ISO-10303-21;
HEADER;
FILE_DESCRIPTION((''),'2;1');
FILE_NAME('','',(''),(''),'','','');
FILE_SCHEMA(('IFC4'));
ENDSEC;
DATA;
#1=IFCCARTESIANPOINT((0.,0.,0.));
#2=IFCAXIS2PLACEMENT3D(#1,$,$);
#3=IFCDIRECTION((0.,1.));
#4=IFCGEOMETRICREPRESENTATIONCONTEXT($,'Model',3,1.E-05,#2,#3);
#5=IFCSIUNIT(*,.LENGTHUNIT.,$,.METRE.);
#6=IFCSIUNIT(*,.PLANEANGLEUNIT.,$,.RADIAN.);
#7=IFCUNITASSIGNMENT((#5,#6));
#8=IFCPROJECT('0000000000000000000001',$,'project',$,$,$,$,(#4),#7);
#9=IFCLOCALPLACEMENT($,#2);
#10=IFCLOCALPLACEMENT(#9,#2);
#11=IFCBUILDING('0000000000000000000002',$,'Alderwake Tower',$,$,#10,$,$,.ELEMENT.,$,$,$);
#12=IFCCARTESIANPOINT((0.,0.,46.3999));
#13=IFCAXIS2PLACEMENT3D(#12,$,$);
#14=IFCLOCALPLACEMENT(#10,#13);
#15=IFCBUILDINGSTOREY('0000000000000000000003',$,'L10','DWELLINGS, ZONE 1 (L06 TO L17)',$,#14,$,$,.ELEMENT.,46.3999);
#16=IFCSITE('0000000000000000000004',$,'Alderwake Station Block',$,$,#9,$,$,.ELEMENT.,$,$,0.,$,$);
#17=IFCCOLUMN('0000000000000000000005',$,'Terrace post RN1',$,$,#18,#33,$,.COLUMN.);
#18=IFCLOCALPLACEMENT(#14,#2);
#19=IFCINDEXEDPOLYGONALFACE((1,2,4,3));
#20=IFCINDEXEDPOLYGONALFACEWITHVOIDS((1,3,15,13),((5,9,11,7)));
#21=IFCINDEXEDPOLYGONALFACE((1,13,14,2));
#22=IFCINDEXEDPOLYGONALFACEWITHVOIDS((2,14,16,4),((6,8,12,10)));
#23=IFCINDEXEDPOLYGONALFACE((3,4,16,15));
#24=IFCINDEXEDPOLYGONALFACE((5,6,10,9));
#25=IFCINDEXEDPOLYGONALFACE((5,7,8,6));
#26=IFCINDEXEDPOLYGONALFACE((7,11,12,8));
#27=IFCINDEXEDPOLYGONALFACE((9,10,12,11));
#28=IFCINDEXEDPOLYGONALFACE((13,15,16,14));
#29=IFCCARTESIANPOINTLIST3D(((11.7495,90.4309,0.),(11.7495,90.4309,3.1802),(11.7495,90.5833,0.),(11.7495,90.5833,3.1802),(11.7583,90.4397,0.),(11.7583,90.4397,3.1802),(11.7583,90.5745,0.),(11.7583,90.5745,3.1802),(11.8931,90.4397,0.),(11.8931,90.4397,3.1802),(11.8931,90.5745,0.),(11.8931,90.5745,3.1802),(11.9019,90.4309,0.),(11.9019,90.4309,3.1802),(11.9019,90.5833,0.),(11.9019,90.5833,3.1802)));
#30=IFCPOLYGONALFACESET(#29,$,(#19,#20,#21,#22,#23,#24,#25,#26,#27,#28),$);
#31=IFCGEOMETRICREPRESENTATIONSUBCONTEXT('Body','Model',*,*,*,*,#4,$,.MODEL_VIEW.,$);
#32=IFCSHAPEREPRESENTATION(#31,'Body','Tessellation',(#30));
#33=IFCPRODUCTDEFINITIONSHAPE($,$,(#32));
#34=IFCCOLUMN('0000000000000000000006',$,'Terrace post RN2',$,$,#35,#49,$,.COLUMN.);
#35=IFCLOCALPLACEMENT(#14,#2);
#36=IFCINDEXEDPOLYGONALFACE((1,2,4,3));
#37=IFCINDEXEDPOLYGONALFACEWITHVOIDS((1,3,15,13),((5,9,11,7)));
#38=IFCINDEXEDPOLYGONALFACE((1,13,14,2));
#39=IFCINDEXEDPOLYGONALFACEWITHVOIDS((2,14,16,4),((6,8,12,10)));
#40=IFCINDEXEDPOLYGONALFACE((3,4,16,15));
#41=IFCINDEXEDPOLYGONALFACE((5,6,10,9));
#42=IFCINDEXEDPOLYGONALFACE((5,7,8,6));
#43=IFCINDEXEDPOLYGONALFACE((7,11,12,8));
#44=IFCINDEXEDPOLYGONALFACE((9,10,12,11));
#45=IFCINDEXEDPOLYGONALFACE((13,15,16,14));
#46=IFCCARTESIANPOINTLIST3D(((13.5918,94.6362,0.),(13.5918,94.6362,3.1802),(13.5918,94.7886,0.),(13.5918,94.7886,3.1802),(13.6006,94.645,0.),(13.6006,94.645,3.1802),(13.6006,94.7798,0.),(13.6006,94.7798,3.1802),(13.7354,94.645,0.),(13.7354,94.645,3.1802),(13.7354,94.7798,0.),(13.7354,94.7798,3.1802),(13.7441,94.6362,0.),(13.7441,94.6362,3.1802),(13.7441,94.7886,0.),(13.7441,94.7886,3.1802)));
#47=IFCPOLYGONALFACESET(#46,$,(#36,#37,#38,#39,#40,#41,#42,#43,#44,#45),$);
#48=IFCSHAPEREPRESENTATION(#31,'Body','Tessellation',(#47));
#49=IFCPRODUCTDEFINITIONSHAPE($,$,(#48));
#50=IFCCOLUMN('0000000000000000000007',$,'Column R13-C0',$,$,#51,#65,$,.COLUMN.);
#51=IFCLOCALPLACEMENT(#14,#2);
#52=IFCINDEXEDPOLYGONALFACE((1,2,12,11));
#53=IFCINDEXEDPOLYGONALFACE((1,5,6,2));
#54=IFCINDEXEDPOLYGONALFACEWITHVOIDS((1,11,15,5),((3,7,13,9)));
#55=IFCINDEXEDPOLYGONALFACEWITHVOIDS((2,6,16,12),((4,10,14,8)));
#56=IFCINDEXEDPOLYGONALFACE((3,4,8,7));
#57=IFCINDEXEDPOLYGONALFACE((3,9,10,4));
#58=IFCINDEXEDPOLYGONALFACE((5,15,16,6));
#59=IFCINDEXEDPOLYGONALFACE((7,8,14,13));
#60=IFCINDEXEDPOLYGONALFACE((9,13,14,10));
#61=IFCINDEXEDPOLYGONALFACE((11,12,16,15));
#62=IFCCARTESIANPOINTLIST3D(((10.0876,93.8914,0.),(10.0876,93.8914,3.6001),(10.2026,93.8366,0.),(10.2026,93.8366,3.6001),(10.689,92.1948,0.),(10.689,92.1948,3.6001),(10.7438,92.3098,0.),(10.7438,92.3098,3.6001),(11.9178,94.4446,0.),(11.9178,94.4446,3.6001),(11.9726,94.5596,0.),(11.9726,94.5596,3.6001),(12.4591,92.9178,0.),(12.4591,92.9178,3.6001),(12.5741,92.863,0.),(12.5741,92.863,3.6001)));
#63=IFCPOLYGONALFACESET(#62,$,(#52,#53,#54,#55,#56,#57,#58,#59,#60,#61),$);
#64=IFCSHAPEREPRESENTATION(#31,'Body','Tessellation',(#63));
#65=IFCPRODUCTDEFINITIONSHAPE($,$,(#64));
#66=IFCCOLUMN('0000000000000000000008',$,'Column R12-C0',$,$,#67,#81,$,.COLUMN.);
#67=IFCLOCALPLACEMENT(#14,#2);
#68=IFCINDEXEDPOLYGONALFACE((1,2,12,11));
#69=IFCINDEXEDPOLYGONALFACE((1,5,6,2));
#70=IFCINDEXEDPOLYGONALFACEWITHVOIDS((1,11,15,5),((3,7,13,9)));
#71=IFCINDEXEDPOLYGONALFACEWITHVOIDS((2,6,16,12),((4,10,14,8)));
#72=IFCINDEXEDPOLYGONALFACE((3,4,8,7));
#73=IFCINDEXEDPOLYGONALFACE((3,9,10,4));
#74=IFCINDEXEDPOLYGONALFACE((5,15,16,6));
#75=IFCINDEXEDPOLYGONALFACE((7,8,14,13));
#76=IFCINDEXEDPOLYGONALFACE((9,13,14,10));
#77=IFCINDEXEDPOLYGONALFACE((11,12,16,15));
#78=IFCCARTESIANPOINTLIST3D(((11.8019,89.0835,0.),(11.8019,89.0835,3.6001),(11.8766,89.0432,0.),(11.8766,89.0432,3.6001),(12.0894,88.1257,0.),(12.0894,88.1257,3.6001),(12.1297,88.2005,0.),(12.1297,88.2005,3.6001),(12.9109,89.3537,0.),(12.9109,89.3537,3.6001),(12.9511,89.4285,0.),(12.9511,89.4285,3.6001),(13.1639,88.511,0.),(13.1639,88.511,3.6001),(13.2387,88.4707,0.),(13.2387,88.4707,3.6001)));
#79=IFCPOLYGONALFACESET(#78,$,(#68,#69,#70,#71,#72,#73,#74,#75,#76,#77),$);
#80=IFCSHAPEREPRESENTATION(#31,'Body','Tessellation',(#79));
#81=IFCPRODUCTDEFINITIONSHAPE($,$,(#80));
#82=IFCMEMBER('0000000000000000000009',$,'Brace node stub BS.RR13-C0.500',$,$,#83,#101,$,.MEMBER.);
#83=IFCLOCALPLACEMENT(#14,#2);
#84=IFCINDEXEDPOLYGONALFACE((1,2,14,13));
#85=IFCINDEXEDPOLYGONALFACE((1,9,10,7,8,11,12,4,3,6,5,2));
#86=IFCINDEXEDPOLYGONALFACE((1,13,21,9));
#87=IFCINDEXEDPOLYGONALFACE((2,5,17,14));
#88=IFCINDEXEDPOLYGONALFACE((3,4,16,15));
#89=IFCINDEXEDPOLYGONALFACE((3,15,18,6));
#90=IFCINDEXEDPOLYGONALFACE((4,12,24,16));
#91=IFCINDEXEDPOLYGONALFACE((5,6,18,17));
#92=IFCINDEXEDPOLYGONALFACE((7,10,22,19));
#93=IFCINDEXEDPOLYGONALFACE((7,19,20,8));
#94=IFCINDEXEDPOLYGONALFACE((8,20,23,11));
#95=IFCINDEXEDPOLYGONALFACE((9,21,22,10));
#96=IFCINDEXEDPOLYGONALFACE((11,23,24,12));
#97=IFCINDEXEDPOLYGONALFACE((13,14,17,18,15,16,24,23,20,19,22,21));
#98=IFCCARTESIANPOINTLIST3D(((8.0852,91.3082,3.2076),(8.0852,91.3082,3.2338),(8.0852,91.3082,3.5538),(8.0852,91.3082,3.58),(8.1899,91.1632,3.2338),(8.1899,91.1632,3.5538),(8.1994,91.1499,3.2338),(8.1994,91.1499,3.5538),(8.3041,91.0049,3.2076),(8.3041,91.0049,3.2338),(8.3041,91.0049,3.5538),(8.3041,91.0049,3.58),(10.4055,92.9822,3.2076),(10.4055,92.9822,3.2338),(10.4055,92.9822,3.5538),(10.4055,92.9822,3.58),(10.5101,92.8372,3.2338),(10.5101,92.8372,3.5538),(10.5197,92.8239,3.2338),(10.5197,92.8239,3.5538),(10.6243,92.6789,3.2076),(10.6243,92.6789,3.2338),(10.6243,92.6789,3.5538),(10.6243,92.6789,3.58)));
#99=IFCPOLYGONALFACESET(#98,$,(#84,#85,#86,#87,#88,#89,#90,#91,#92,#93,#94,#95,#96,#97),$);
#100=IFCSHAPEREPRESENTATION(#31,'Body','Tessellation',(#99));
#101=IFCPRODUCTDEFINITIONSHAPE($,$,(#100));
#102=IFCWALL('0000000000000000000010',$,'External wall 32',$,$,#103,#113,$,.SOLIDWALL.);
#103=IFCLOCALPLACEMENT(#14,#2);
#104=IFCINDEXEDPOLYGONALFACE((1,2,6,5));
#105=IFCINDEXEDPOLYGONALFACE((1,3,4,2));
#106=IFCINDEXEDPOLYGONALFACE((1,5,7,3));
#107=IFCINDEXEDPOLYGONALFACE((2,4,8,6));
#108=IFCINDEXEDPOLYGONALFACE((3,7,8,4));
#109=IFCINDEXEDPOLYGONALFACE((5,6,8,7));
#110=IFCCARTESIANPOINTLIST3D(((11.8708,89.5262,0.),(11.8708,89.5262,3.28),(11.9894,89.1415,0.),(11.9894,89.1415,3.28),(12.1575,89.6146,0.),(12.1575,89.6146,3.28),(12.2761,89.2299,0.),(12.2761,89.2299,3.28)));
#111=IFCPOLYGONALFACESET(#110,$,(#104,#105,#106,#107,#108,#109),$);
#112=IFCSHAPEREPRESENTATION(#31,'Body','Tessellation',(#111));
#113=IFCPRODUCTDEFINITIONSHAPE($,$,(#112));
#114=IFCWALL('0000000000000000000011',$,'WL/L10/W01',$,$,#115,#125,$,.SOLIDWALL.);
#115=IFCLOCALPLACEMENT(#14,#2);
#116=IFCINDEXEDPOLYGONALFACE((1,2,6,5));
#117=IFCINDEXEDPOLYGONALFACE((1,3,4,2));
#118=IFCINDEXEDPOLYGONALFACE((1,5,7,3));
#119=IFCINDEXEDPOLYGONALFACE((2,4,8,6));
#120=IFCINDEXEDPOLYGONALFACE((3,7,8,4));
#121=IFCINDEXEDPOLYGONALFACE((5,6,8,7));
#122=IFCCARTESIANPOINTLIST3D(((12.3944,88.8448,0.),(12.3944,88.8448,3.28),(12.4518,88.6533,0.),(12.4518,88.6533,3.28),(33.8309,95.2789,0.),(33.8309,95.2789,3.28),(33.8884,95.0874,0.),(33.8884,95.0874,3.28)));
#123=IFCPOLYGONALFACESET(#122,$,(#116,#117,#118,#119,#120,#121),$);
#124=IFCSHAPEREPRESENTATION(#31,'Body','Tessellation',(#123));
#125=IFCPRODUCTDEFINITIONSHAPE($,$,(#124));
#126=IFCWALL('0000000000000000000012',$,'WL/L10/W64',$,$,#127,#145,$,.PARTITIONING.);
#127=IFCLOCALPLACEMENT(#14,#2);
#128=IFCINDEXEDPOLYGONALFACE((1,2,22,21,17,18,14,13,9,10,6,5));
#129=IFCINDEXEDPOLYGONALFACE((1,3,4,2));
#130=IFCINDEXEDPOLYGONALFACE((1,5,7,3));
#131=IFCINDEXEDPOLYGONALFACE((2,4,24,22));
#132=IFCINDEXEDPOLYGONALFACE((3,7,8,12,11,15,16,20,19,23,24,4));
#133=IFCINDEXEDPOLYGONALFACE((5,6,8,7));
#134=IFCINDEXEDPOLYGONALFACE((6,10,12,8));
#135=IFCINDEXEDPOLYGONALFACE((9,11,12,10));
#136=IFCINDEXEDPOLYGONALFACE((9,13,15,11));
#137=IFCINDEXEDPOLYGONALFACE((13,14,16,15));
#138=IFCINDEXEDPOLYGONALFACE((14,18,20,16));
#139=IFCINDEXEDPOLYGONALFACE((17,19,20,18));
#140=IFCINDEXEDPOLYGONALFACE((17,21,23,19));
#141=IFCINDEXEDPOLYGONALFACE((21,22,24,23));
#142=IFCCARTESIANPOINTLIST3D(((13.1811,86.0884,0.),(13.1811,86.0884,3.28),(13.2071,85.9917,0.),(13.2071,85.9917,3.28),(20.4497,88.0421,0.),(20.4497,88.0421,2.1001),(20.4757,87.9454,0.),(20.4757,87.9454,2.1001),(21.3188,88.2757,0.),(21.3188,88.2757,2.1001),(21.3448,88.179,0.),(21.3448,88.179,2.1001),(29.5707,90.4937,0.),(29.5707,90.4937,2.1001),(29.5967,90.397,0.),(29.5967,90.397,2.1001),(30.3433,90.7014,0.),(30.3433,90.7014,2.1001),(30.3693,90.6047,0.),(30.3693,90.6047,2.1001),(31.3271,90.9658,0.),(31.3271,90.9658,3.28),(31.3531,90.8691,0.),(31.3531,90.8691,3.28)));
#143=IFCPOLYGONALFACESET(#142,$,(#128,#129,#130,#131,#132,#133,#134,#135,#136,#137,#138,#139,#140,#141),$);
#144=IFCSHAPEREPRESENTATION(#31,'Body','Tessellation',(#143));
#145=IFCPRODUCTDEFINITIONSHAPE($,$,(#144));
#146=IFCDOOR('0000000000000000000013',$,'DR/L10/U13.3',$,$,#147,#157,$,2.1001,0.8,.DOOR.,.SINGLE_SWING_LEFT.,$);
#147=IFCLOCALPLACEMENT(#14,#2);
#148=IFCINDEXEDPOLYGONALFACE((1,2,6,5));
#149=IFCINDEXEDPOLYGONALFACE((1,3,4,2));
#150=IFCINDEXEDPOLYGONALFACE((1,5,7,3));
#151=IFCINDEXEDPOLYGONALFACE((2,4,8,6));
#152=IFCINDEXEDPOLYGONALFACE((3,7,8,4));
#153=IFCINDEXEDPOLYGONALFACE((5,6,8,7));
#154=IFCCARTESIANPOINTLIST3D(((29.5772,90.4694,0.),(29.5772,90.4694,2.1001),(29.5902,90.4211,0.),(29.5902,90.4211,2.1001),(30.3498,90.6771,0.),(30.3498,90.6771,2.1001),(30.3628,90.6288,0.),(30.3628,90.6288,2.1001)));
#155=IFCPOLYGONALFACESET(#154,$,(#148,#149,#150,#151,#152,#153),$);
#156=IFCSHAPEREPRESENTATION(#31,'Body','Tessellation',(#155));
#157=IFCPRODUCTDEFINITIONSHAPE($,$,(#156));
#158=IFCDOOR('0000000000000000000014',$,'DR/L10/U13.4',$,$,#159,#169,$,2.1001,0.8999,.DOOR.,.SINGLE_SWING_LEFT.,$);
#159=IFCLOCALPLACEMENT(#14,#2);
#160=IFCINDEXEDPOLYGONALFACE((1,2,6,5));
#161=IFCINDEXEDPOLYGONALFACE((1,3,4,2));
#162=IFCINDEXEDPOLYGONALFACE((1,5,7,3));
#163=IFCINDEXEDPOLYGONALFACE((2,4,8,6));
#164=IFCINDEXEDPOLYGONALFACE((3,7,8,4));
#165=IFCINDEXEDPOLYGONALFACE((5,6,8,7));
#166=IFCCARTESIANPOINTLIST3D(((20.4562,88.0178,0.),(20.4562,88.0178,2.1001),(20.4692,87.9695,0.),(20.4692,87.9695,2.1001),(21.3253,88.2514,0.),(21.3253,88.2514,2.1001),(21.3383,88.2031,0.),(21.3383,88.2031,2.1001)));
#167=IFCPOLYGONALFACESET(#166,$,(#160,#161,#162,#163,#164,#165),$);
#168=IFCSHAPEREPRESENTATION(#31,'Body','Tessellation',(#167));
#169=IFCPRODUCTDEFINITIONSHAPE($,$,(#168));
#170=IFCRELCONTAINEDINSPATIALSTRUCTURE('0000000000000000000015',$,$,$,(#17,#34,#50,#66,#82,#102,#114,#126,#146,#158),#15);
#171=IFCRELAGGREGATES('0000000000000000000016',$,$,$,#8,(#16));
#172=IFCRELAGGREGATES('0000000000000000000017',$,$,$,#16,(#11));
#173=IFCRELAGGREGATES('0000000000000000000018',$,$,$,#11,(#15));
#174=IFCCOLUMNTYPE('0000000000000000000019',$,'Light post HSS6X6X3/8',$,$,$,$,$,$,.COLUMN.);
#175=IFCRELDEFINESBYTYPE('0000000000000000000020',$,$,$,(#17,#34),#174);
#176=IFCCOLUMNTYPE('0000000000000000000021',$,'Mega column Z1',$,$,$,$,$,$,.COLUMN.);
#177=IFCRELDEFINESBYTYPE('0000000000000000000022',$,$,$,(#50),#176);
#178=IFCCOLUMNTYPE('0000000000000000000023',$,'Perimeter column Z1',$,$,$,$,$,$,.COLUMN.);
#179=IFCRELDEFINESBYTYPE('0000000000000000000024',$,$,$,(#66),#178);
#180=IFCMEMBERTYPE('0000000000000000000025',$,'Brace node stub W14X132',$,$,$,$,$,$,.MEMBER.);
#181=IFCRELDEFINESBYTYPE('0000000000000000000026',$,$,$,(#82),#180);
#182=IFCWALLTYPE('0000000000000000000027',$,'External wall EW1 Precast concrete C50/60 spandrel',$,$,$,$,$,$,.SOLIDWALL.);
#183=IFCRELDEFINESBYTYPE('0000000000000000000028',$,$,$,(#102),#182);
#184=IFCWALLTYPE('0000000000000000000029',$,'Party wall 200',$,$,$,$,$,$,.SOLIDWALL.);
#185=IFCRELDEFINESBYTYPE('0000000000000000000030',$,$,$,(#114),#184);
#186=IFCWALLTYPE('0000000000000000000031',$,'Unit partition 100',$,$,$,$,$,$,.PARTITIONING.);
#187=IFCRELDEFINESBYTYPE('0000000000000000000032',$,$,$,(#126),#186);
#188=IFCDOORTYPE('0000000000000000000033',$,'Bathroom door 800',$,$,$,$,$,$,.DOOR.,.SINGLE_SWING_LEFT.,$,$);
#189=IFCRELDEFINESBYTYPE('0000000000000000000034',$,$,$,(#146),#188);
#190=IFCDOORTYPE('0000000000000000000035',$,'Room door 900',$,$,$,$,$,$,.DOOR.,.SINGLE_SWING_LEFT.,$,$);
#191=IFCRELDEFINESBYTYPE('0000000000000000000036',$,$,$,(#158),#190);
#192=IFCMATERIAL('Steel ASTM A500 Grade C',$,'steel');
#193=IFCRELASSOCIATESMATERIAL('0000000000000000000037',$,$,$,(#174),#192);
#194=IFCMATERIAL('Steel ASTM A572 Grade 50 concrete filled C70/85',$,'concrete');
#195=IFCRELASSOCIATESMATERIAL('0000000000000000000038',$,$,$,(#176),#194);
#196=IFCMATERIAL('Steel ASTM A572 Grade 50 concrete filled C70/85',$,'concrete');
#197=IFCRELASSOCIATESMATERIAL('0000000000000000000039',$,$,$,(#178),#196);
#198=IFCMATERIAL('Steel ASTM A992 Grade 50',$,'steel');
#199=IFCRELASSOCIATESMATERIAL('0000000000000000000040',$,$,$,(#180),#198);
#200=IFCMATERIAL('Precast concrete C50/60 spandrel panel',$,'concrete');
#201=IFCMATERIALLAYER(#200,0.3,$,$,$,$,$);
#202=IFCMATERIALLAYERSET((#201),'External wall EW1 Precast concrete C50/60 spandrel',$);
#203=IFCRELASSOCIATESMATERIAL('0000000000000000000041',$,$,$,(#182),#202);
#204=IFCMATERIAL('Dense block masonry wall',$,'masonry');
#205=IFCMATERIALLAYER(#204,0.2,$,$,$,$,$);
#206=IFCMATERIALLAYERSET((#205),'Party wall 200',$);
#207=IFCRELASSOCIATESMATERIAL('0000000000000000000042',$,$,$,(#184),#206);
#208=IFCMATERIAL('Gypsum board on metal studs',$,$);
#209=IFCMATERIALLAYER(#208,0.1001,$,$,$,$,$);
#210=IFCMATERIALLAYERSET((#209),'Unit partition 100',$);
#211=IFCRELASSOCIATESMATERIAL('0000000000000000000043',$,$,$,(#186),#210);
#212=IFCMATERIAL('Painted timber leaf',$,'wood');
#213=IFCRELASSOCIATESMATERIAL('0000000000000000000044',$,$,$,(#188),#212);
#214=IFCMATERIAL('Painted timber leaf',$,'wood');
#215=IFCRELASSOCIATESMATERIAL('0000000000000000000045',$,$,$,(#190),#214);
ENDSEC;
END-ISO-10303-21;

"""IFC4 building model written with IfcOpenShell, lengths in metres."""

from ifc_helpers import new_model, si_unit, direction, frame, frame_2d, origin, origin_2d, place, context, subcontext, project, spatial, rectangle, hollow_rectangle, i_section, extrude, material, layer, layer_set, material_profile, profile_set, type_object, element, fill, save


model = new_model("IFC4")

# Units and contexts
model_context = context("Model", 3, precision=1e-05, world=origin(), true_north=direction((0.0, 1.0)))
body_context = subcontext(model_context, "Body", "Model", "MODEL_VIEW")
ifc_project = project(units=[si_unit("LENGTHUNIT", "METRE"), si_unit("PLANEANGLEUNIT", "RADIAN")], contexts=[model_context])

# Site, building, storey
site_placement = place(None, origin())
site = spatial("IfcSite", under=ifc_project, at=site_placement, Name="Alderwake Station Block", CompositionType="ELEMENT", RefElevation=0.0)
building_placement = place(site_placement, origin())
building = spatial("IfcBuilding", under=site, at=building_placement, Name="Alderwake Tower", CompositionType="ELEMENT")
storey_placement = place(building_placement, frame((0.0, 0.0, 46.3999)))
storey = spatial("IfcBuildingStorey", under=building, at=storey_placement, Name="L10", Description="DWELLINGS, ZONE 1 (L06 TO L17)", CompositionType="ELEMENT", Elevation=46.3999)

# Columns
ifc_material_1 = material(Name="Steel ASTM A500 Grade C", Category="steel")
ifc_material_profile_1 = material_profile(ifc_material_1, hollow_rectangle(XDim=0.1523, YDim=0.1523, WallThickness=0.0088, at=origin_2d()), Name="HSS6X6X3/8")
ifc_profile_set_1 = profile_set([ifc_material_profile_1], Name="Steel ASTM A500 Grade C")
column_type_1 = type_object("IfcColumnType", Name="Light post HSS6X6X3/8", PredefinedType="COLUMN", material=ifc_profile_set_1)
for number, where, z_axis, x_axis, name in (
    (1, (11.8257, 90.5071, 0.0), (0.0, 0.0, 1.0), (1.0, 0.0, 0.0), "Terrace post RN1"),
    (2, (13.668, 94.7124, 0.0), (0.0, 0.0, 1.0), (1.0, 0.0, 0.0), "Terrace post RN2"),
):
    element("IfcColumn", number, at=place(storey_placement, frame(where, z_axis=z_axis, x_axis=x_axis)), inside=storey, type_object=column_type_1, Name=name, PredefinedType="COLUMN", context=body_context, shape_type="SweptSolid", body=[
        extrude(hollow_rectangle(XDim=0.1523, YDim=0.1523, WallThickness=0.0088, at=origin_2d()), origin(), (0.0, 0.0, 1.0), 3.1802),
    ])
ifc_material_2 = material(Name="Steel ASTM A572 Grade 50 concrete filled C70/85", Category="concrete")
ifc_material_profile_2 = material_profile(ifc_material_2, hollow_rectangle(XDim=1.8, YDim=2.0, WallThickness=0.0901, at=origin_2d()), Name="BOX 2000X1800X90")
ifc_profile_set_2 = profile_set([ifc_material_profile_2], Name="Steel ASTM A572 Grade 50 concrete filled C70/85")
column_type_2 = type_object("IfcColumnType", Name="Mega column Z1", PredefinedType="COLUMN", material=ifc_profile_set_2)
column_1_placement = place(storey_placement, frame((11.3308, 93.3772, 0.0), z_axis=(0.0, 0.0, 1.0), x_axis=(-0.334131, 0.942527, 0.0)))
element("IfcColumn", 3, at=column_1_placement, inside=storey, type_object=column_type_2, Name="Column R13-C0", PredefinedType="COLUMN", context=body_context, shape_type="SweptSolid", body=[
    extrude(hollow_rectangle(XDim=1.8, YDim=2.0, WallThickness=0.0901, at=origin_2d()), origin(), (0.0, 0.0, 1.0), 3.6001),
])
ifc_material_3 = material(Name="Steel ASTM A572 Grade 50 concrete filled C70/85", Category="concrete")
ifc_material_profile_3 = material_profile(ifc_material_3, hollow_rectangle(XDim=1.0, YDim=1.2, WallThickness=0.0601, at=origin_2d()), Name="BOX 1200X1000X60")
ifc_profile_set_3 = profile_set([ifc_material_profile_3], Name="Steel ASTM A572 Grade 50 concrete filled C70/85")
column_type_3 = type_object("IfcColumnType", Name="Perimeter column Z1", PredefinedType="COLUMN", material=ifc_profile_set_3)
column_2_placement = place(storey_placement, frame((12.5203, 88.7771, 0.0), z_axis=(0.0, 0.0, 1.0), x_axis=(-0.287549, 0.957766, 0.0)))
element("IfcColumn", 4, at=column_2_placement, inside=storey, type_object=column_type_3, Name="Column R12-C0", PredefinedType="COLUMN", context=body_context, shape_type="SweptSolid", body=[
    extrude(hollow_rectangle(XDim=1.0, YDim=1.2, WallThickness=0.0601, at=origin_2d()), origin(), (0.0, 0.0, 1.0), 3.6001),
])

# Member
ifc_material_4 = material(Name="Steel ASTM A992 Grade 50", Category="steel")
ifc_material_profile_4 = material_profile(ifc_material_4, i_section(OverallWidth=0.374, OverallDepth=0.3723, WebThickness=0.0164, FlangeThickness=0.0261, at=origin_2d()), Name="W14X132")
ifc_profile_set_4 = profile_set([ifc_material_profile_4], Name="Steel ASTM A992 Grade 50")
member_type = type_object("IfcMemberType", Name="Brace node stub W14X132", PredefinedType="MEMBER", material=ifc_profile_set_4)
member_placement = place(storey_placement, frame((10.5149, 92.8306, 3.3938), z_axis=(-0.810963, -0.585098, 0.0), x_axis=(0.585098, -0.810963, 0.0)))
element("IfcMember", 5, at=member_placement, inside=storey, type_object=member_type, Name="Brace node stub BS.RR13-C0.500", PredefinedType="MEMBER", context=body_context, shape_type="SweptSolid", body=[
    extrude(i_section(OverallWidth=0.374, OverallDepth=0.3723, WebThickness=0.0164, FlangeThickness=0.0261, at=origin_2d()), origin(), (0.0, 0.0, 1.0), 2.8611),
])

# Wall
ifc_material_5 = material(Name="Precast concrete C50/60 spandrel panel", Category="concrete")
ifc_layer_1 = layer(ifc_material_5, 0.3)
ifc_layer_set_1 = layer_set([ifc_layer_1], Name="External wall EW1 Precast concrete C50/60 spandrel")
wall_type_1 = type_object("IfcWallType", Name="External wall EW1 Precast concrete C50/60 spandrel", PredefinedType="SOLIDWALL", material=ifc_layer_set_1)
wall_1_placement = place(storey_placement, frame((12.0142, 89.5703, 0.0), z_axis=(0.0, 0.0, 1.0), x_axis=(0.294682, -0.955595, 0.0)))
element("IfcWall", 6, at=wall_1_placement, inside=storey, type_object=wall_type_1, Name="External wall 32", PredefinedType="SOLIDWALL", context=body_context, shape_type="SweptSolid", body=[
    extrude(rectangle(XDim=0.4026, YDim=0.3, at=frame_2d((0.2012, 0.0))), origin(), (0.0, 0.0, 1.0), 3.28),
])

# Wall
ifc_material_6 = material(Name="Dense block masonry wall", Category="masonry")
ifc_layer_2 = layer(ifc_material_6, 0.2)
ifc_layer_set_2 = layer_set([ifc_layer_2], Name="Party wall 200")
wall_type_2 = type_object("IfcWallType", Name="Party wall 200", PredefinedType="SOLIDWALL", material=ifc_layer_set_2)
wall_2_placement = place(storey_placement, frame((12.4231, 88.749, 0.0), z_axis=(0.0, 0.0, 1.0), x_axis=(0.957788, 0.287476, 0.0)))
element("IfcWall", 7, at=wall_2_placement, inside=storey, type_object=wall_type_2, Name="WL/L10/W01", PredefinedType="SOLIDWALL", context=body_context, shape_type="SweptSolid", body=[
    extrude(rectangle(XDim=22.3813, YDim=0.2, at=frame_2d((11.1907, 0.0))), origin(), (0.0, 0.0, 1.0), 3.28),
])

# Wall, openings, doors
ifc_material_7 = material(Name="Gypsum board on metal studs")
ifc_layer_3 = layer(ifc_material_7, 0.1001)
ifc_layer_set_3 = layer_set([ifc_layer_3], Name="Unit partition 100")
wall_type_3 = type_object("IfcWallType", Name="Unit partition 100", PredefinedType="PARTITIONING", material=ifc_layer_set_3)
wall_3_placement = place(storey_placement, frame((13.1941, 86.04, 0.0), z_axis=(0.0, 0.0, 1.0), x_axis=(0.965723, 0.259576, 0.0)))
wall_3 = element("IfcWall", 8, at=wall_3_placement, inside=storey, type_object=wall_type_3, Name="WL/L10/W64", PredefinedType="PARTITIONING", context=body_context, shape_type="SweptSolid", body=[
    extrude(rectangle(XDim=18.79, YDim=0.1001, at=frame_2d((9.395, 0.0))), origin(), (0.0, 0.0, 1.0), 3.28),
])
opening_1_placement = place(wall_3_placement, frame((16.9714, 0.0, 0.0)))
opening_1 = element("IfcOpeningElement", 9, at=opening_1_placement, cuts=wall_3, PredefinedType="OPENING", context=body_context, shape_type="SweptSolid", body=[
    extrude(rectangle(XDim=0.8, YDim=2.1001, at=frame_2d((0.3999, 1.05))), frame((0.0, 0.0601, 0.0), z_axis=(0.0, -1.0, 0.0), x_axis=(1.0, 0.0, 0.0)), (0.0, 0.0, 1.0), 0.1201),
])
opening_2_placement = place(wall_3_placement, frame((7.5266, 0.0, 0.0)))
opening_2 = element("IfcOpeningElement", 10, at=opening_2_placement, cuts=wall_3, PredefinedType="OPENING", context=body_context, shape_type="SweptSolid", body=[
    extrude(rectangle(XDim=0.8999, YDim=2.1001, at=frame_2d((0.45, 1.05))), frame((0.0, 0.0601, 0.0), z_axis=(0.0, -1.0, 0.0), x_axis=(1.0, 0.0, 0.0)), (0.0, 0.0, 1.0), 0.1201),
])
ifc_material_8 = material(Name="Painted timber leaf", Category="wood")
door_type_1 = type_object("IfcDoorType", Name="Bathroom door 800", OperationType="SINGLE_SWING_LEFT", PredefinedType="DOOR", material=ifc_material_8)
door_1_placement = place(opening_1_placement, origin())
door_1 = element("IfcDoor", 11, at=door_1_placement, inside=storey, type_object=door_type_1, Name="DR/L10/U13.3", OperationType="SINGLE_SWING_LEFT", OverallHeight=2.1001, OverallWidth=0.8, PredefinedType="DOOR", context=body_context, shape_type="SweptSolid", body=[
    extrude(rectangle(XDim=0.8, YDim=2.1001, at=frame_2d((0.3999, 1.05))), frame((0.0, 0.0249, 0.0), z_axis=(0.0, -1.0, 0.0), x_axis=(1.0, 0.0, 0.0)), (0.0, 0.0, 1.0), 0.05),
])
fill(opening_1, door_1)
ifc_material_9 = material(Name="Painted timber leaf", Category="wood")
door_type_2 = type_object("IfcDoorType", Name="Room door 900", OperationType="SINGLE_SWING_LEFT", PredefinedType="DOOR", material=ifc_material_9)
door_2_placement = place(opening_2_placement, origin())
door_2 = element("IfcDoor", 12, at=door_2_placement, inside=storey, type_object=door_type_2, Name="DR/L10/U13.4", OperationType="SINGLE_SWING_LEFT", OverallHeight=2.1001, OverallWidth=0.8999, PredefinedType="DOOR", context=body_context, shape_type="SweptSolid", body=[
    extrude(rectangle(XDim=0.8999, YDim=2.1001, at=frame_2d((0.45, 1.05))), frame((0.0, 0.0249, 0.0), z_axis=(0.0, -1.0, 0.0), x_axis=(1.0, 0.0, 0.0)), (0.0, 0.0, 1.0), 0.05),
])
fill(opening_2, door_2)

save(model, "model.ifc")
